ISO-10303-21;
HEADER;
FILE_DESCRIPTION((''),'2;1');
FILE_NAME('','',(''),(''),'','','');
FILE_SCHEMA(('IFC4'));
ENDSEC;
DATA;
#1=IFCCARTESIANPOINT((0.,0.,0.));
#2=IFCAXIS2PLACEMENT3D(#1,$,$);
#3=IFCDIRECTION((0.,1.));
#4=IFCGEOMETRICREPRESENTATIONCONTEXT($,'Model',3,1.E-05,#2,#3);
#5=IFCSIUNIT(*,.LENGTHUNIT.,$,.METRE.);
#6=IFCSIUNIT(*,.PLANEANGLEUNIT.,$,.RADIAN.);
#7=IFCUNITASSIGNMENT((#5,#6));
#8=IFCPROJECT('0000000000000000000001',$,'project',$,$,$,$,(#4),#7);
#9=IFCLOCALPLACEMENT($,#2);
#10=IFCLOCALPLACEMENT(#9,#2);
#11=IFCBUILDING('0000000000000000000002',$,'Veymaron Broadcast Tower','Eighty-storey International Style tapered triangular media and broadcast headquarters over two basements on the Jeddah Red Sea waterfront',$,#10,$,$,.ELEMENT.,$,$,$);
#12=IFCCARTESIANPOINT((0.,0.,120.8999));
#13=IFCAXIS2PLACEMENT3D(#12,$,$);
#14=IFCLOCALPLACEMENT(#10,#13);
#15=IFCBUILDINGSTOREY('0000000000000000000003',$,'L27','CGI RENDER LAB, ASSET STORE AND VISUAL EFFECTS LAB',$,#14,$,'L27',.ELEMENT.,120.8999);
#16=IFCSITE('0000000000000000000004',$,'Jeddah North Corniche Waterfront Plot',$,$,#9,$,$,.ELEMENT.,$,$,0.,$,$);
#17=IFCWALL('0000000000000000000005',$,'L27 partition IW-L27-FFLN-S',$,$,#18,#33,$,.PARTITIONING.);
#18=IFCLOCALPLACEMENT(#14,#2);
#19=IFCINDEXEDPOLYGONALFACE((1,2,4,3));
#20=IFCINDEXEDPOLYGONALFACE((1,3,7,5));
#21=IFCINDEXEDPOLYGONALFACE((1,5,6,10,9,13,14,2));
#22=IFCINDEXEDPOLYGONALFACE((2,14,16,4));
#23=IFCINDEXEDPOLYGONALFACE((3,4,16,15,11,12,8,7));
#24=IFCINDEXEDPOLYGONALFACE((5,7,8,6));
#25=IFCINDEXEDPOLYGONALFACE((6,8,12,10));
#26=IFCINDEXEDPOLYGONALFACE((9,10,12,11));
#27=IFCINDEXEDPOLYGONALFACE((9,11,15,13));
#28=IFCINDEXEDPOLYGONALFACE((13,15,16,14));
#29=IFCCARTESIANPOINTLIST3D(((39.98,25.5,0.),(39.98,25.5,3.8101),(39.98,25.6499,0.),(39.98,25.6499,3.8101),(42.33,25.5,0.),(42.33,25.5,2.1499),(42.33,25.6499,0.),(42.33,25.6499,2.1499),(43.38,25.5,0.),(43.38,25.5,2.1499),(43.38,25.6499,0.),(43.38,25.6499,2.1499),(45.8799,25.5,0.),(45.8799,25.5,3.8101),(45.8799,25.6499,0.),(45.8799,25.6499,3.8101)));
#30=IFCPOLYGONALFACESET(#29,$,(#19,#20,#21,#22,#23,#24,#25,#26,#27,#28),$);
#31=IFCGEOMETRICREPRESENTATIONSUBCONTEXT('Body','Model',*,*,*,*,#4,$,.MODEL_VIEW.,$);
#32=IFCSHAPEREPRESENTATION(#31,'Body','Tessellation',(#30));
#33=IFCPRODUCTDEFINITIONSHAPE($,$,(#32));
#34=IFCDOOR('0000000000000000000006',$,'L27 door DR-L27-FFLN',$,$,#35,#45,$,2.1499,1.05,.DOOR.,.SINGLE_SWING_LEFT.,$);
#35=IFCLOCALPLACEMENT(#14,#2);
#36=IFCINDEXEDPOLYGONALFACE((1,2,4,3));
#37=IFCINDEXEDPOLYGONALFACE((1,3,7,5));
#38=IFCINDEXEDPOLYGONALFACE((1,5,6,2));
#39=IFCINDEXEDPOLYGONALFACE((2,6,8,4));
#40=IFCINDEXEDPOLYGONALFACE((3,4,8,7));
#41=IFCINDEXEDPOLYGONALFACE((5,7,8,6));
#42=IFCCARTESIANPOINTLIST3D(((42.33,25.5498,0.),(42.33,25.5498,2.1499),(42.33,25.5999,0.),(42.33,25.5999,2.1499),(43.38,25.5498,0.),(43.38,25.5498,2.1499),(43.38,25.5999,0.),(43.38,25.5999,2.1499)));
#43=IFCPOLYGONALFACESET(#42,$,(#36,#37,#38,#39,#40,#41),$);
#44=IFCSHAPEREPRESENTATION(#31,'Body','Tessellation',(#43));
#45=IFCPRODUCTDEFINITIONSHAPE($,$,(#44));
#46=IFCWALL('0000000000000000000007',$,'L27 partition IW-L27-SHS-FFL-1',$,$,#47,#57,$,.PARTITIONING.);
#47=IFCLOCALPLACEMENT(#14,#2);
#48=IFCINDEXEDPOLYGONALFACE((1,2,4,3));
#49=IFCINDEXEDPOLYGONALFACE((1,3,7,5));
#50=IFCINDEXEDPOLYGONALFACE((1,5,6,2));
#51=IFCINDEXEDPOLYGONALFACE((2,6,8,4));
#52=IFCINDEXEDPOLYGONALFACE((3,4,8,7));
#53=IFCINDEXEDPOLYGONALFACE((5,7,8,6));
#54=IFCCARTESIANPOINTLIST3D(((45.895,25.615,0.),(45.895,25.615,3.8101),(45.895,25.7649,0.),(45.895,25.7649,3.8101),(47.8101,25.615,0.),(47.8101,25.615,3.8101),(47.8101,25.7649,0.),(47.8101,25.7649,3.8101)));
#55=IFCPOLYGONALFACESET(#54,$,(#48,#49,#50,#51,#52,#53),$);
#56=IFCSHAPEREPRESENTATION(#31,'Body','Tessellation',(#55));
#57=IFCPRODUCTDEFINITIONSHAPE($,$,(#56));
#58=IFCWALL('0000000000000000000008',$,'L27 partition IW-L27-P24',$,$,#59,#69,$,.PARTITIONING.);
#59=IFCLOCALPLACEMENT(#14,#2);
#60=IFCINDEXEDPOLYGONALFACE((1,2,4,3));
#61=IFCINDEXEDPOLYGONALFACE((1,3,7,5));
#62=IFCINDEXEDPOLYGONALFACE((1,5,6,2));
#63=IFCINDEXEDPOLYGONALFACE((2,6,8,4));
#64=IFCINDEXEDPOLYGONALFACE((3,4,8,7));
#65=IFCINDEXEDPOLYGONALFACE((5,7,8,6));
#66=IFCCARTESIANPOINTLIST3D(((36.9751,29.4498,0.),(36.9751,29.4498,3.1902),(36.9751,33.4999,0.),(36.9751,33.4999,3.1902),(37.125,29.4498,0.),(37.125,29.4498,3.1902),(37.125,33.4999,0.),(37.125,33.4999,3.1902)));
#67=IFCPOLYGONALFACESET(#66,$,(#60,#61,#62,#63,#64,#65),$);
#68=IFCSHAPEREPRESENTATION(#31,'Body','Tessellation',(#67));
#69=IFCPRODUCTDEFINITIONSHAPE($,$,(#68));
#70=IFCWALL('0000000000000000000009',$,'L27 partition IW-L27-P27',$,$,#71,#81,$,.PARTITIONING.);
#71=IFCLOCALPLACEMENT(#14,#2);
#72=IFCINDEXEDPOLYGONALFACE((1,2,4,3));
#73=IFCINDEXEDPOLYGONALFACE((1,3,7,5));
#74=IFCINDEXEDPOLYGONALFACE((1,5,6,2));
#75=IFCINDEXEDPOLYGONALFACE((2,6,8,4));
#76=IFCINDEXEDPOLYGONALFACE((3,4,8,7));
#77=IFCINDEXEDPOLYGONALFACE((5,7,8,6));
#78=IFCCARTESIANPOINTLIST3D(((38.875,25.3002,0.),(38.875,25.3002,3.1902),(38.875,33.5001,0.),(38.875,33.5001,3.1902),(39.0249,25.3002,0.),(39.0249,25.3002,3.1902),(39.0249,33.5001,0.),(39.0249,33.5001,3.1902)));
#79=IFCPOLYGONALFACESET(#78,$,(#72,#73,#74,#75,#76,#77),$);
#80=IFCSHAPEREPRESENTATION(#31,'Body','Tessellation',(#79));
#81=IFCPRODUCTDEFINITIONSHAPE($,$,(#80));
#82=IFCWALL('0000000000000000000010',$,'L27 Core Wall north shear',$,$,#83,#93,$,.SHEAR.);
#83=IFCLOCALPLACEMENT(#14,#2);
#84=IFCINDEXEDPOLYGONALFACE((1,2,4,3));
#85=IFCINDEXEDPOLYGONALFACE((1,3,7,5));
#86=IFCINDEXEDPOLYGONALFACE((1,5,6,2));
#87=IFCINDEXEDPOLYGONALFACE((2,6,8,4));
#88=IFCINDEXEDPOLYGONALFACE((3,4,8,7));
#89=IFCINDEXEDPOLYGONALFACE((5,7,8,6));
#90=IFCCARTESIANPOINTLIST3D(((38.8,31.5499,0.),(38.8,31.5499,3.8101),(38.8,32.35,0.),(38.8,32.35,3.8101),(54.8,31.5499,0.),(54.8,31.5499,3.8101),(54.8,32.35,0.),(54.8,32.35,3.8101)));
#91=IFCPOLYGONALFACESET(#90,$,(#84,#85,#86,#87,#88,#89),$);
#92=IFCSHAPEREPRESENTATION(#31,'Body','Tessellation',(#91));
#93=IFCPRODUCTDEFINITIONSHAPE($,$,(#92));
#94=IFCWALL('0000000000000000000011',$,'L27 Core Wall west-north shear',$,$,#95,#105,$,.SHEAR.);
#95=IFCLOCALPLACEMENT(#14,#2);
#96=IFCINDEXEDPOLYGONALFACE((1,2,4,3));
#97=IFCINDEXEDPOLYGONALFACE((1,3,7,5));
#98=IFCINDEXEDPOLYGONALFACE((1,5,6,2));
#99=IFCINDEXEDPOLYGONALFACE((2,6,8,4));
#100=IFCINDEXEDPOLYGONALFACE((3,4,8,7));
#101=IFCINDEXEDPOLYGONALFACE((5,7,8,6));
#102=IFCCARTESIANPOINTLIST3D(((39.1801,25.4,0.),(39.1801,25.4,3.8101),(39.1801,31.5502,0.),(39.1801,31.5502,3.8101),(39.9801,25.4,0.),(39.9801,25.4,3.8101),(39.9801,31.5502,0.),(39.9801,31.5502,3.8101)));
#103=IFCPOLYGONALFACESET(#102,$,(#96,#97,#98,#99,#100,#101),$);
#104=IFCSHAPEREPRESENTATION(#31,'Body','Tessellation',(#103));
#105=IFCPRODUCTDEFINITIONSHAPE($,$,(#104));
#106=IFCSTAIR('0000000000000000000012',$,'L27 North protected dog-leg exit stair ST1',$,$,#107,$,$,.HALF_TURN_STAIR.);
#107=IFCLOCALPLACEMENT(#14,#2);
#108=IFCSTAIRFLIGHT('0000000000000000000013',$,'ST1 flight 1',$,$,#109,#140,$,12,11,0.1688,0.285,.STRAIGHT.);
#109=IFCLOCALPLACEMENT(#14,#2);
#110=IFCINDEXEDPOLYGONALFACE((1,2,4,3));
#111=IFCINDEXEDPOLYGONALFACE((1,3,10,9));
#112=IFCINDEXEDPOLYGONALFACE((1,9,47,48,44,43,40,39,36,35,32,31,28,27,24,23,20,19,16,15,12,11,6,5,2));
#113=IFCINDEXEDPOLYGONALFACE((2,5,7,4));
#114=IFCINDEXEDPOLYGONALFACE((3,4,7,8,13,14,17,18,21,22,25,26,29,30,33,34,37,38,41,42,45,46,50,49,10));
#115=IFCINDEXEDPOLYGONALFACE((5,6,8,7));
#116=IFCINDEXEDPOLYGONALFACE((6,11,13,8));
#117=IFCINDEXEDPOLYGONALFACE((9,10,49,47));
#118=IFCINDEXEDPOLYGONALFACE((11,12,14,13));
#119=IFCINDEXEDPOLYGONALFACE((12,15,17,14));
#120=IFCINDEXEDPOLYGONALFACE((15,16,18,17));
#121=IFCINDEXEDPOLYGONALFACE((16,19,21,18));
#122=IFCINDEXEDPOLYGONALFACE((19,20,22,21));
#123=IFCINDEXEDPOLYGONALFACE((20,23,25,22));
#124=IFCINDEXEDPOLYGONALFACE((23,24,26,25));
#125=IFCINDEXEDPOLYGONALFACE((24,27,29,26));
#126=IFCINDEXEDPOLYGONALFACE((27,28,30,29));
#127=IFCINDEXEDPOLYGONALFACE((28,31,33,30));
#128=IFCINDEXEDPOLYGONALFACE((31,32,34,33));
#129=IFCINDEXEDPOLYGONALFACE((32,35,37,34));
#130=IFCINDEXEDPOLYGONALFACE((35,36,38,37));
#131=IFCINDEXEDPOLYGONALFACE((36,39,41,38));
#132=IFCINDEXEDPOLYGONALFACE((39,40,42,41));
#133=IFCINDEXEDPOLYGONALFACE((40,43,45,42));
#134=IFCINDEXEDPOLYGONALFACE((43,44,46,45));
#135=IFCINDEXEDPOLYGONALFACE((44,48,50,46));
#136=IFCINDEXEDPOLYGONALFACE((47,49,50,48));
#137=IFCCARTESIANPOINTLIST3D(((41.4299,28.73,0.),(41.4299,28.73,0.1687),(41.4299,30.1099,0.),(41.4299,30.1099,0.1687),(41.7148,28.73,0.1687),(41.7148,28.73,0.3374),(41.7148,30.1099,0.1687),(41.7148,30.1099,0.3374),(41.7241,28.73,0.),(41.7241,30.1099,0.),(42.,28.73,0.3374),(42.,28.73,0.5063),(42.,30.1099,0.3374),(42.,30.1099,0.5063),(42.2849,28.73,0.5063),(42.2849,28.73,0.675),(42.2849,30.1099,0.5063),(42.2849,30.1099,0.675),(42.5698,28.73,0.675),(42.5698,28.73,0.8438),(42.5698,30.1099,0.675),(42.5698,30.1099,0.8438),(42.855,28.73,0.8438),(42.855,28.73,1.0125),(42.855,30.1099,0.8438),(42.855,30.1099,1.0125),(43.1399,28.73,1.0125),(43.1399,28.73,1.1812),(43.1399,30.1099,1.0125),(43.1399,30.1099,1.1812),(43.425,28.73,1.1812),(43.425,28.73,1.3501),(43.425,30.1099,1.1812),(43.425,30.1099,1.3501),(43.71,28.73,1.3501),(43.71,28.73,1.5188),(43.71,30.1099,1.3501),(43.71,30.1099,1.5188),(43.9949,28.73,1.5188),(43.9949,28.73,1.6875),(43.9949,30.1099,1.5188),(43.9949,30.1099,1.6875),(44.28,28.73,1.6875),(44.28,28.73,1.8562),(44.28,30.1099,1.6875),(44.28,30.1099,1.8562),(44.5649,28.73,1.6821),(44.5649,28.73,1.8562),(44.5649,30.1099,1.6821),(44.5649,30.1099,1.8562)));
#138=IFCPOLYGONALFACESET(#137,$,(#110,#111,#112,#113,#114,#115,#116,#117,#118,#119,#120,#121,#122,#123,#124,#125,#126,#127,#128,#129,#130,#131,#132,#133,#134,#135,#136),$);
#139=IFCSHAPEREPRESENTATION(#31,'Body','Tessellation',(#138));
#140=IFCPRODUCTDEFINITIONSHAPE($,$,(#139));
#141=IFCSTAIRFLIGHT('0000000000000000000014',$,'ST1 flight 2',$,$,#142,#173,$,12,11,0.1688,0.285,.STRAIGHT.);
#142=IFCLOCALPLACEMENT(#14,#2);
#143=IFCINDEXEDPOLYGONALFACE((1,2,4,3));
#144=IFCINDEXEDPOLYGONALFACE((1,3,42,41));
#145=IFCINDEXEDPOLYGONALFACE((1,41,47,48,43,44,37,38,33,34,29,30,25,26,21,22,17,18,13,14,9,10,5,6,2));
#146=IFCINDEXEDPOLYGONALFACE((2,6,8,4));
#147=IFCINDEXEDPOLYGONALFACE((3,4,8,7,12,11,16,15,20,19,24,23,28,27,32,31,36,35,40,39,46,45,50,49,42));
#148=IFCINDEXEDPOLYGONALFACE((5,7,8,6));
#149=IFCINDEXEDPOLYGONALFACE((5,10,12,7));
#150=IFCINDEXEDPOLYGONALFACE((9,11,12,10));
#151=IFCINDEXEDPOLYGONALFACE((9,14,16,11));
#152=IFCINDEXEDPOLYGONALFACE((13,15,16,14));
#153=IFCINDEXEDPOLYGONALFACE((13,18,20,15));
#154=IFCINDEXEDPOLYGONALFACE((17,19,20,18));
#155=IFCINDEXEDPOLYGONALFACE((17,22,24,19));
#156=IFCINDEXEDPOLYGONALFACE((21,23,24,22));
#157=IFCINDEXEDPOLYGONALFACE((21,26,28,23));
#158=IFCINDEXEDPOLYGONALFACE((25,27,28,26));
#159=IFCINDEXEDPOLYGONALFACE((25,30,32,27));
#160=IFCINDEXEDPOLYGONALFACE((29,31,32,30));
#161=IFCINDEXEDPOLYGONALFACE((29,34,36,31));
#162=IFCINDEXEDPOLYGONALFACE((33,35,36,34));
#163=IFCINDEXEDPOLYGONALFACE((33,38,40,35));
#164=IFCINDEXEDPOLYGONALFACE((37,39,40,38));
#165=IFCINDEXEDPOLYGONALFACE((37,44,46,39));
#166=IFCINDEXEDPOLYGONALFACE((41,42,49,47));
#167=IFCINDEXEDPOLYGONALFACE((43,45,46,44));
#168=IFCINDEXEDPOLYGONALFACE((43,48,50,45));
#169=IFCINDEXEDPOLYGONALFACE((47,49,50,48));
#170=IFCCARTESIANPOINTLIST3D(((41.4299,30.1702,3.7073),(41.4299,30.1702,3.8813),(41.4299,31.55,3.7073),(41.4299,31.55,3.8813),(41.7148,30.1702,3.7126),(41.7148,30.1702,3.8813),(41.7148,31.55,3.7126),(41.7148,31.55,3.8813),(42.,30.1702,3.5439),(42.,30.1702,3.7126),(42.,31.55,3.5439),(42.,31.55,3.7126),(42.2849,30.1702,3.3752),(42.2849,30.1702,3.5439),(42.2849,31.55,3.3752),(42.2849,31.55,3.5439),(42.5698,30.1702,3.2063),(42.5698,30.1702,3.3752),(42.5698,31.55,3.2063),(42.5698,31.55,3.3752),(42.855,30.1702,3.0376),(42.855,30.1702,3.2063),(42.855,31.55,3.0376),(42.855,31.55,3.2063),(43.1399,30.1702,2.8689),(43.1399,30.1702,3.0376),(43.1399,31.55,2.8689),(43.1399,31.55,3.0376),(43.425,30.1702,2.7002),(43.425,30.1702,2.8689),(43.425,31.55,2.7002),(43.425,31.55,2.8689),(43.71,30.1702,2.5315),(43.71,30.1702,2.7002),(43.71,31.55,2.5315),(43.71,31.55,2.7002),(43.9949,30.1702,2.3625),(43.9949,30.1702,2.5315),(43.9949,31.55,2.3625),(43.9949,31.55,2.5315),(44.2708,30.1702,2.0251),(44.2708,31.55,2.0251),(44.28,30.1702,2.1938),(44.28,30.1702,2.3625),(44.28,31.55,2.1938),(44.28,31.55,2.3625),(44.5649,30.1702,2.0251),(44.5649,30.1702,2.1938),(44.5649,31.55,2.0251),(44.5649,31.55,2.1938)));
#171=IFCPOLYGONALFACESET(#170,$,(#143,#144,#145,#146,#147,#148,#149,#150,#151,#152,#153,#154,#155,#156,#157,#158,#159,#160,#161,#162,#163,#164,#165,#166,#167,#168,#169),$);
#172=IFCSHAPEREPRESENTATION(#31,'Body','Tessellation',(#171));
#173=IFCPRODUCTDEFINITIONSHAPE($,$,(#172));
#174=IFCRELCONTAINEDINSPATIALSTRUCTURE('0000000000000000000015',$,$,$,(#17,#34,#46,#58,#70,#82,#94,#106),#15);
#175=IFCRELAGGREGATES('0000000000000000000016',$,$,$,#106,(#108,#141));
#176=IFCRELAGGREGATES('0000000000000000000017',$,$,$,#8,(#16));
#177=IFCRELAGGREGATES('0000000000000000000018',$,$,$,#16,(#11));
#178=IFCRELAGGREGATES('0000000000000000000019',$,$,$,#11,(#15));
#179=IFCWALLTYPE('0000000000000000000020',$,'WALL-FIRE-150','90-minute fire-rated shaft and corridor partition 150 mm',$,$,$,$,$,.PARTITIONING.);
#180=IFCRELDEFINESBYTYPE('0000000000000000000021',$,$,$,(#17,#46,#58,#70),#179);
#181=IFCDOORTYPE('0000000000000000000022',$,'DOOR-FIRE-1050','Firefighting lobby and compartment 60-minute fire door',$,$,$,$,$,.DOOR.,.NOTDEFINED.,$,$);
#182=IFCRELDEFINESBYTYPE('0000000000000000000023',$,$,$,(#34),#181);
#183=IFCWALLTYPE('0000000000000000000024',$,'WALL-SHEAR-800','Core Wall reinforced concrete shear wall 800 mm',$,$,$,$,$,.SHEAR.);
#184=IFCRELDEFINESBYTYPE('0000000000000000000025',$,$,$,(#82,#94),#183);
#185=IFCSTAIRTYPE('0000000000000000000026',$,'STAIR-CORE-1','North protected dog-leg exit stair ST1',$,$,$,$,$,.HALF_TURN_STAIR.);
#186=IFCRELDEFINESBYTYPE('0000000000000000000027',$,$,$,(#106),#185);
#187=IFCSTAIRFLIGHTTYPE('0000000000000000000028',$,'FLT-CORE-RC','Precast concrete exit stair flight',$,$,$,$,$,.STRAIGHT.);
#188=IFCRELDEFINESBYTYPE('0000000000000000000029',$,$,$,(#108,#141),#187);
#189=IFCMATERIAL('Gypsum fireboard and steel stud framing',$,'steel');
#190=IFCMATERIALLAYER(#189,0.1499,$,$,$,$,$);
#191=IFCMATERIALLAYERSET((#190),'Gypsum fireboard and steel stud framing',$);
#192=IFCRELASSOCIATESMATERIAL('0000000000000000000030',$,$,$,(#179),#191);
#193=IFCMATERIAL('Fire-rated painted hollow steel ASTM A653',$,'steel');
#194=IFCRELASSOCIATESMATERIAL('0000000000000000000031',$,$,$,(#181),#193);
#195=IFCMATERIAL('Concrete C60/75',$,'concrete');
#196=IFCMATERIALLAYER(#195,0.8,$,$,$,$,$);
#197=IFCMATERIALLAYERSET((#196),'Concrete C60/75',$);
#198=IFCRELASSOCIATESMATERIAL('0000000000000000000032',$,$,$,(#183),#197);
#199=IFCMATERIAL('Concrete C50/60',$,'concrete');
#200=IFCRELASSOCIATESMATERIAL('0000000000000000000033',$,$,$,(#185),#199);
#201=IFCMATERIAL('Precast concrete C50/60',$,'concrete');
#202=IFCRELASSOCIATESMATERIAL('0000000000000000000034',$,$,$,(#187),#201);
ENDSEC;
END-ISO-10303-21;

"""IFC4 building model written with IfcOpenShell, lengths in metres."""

from ifc_helpers import new_model, si_unit, direction, frame, frame_2d, origin, place, context, subcontext, project, spatial, polyline, rectangle, outline, extrude, material, layer, layer_set, type_object, element, fill, aggregate, save


model = new_model("IFC4")

# Units and contexts
model_context = context("Model", 3, precision=1e-05, world=origin(), true_north=direction((0.0, 1.0)))
body_context = subcontext(model_context, "Body", "Model", "MODEL_VIEW")
ifc_project = project(units=[si_unit("LENGTHUNIT", "METRE"), si_unit("PLANEANGLEUNIT", "RADIAN")], contexts=[model_context])

# Site, building, storey
site_placement = place(None, origin())
site = spatial("IfcSite", under=ifc_project, at=site_placement, Name="Jeddah North Corniche Waterfront Plot", CompositionType="ELEMENT", RefElevation=0.0)
building_placement = place(site_placement, origin())
building = spatial("IfcBuilding", under=site, at=building_placement, Name="Veymaron Broadcast Tower", Description="Eighty-storey International Style tapered triangular media and broadcast headquarters over two basements on the Jeddah Red Sea waterfront", CompositionType="ELEMENT")
storey_placement = place(building_placement, frame((0.0, 0.0, 120.8999)))
storey = spatial("IfcBuildingStorey", under=building, at=storey_placement, Name="L27", Description="CGI RENDER LAB, ASSET STORE AND VISUAL EFFECTS LAB", LongName="L27", CompositionType="ELEMENT", Elevation=120.8999)

# Wall, opening, door
ifc_material_1 = material(Name="Gypsum fireboard and steel stud framing", Category="steel")
ifc_layer_1 = layer(ifc_material_1, 0.1499)
ifc_layer_set_1 = layer_set([ifc_layer_1], Name="Gypsum fireboard and steel stud framing")
wall_type_1 = type_object("IfcWallType", Name="WALL-FIRE-150", Description="90-minute fire-rated shaft and corridor partition 150 mm", PredefinedType="PARTITIONING", material=ifc_layer_set_1)
wall_1_placement = place(storey_placement, frame((39.98, 25.575, 0.0), z_axis=(0.0, 0.0, 1.0), x_axis=(1.0, 0.0, 0.0)))
wall_1 = element("IfcWall", 1, at=wall_1_placement, inside=storey, type_object=wall_type_1, Name="L27 partition IW-L27-FFLN-S", PredefinedType="PARTITIONING", context=body_context, shape_type="SweptSolid", body=[
    extrude(rectangle(XDim=5.8999, YDim=0.1499, at=frame_2d((2.95, 0.0))), origin(), (0.0, 0.0, 1.0), 3.8101),
])
opening_1_placement = place(wall_1_placement, frame((2.3501, 0.0, 0.0)))
opening_1 = element("IfcOpeningElement", 2, at=opening_1_placement, cuts=wall_1, PredefinedType="OPENING", context=body_context, shape_type="SweptSolid", body=[
    extrude(rectangle(XDim=1.05, YDim=2.1499, at=frame_2d((0.5249, 1.075))), frame((0.0, 0.085, 0.0), z_axis=(0.0, -1.0, 0.0), x_axis=(1.0, 0.0, 0.0)), (0.0, 0.0, 1.0), 0.1699),
])
ifc_material_2 = material(Name="Fire-rated painted hollow steel ASTM A653", Category="steel")
door_type_1 = type_object("IfcDoorType", Name="DOOR-FIRE-1050", Description="Firefighting lobby and compartment 60-minute fire door", OperationType="NOTDEFINED", PredefinedType="DOOR", material=ifc_material_2)
door_1_placement = place(opening_1_placement, origin())
door_1 = element("IfcDoor", 3, at=door_1_placement, inside=storey, type_object=door_type_1, Name="L27 door DR-L27-FFLN", OperationType="SINGLE_SWING_LEFT", OverallHeight=2.1499, OverallWidth=1.05, PredefinedType="DOOR", context=body_context, shape_type="SweptSolid", body=[
    extrude(rectangle(XDim=1.05, YDim=2.1499, at=frame_2d((0.5249, 1.075))), frame((0.0, 0.0249, 0.0), z_axis=(0.0, -1.0, 0.0), x_axis=(1.0, 0.0, 0.0)), (0.0, 0.0, 1.0), 0.05),
])
fill(opening_1, door_1)

# Wall
wall_2_placement = place(storey_placement, frame((45.895, 25.6899, 0.0), z_axis=(0.0, 0.0, 1.0), x_axis=(1.0, 0.0, 0.0)))
element("IfcWall", 4, at=wall_2_placement, inside=storey, type_object=wall_type_1, Name="L27 partition IW-L27-SHS-FFL-1", PredefinedType="PARTITIONING", context=body_context, shape_type="SweptSolid", body=[
    extrude(rectangle(XDim=1.915, YDim=0.1499, at=frame_2d((0.9575, 0.0))), origin(), (0.0, 0.0, 1.0), 3.8101),
])

# Walls
wall_3_placement = place(storey_placement, frame((37.05, 29.45, 0.0), z_axis=(0.0, 0.0, 1.0), x_axis=(0.0, 1.0, 0.0)))
element("IfcWall", 5, at=wall_3_placement, inside=storey, type_object=wall_type_1, Name="L27 partition IW-L27-P24", PredefinedType="PARTITIONING", context=body_context, shape_type="SweptSolid", body=[
    extrude(rectangle(XDim=4.05, YDim=0.1499, at=frame_2d((2.0249, 0.0))), origin(), (0.0, 0.0, 1.0), 3.1902),
])
wall_4_placement = place(storey_placement, frame((38.95, 25.3, 0.0), z_axis=(0.0, 0.0, 1.0), x_axis=(0.0, 1.0, 0.0)))
element("IfcWall", 6, at=wall_4_placement, inside=storey, type_object=wall_type_1, Name="L27 partition IW-L27-P27", PredefinedType="PARTITIONING", context=body_context, shape_type="SweptSolid", body=[
    extrude(rectangle(XDim=8.2, YDim=0.1499, at=frame_2d((4.1001, 0.0))), origin(), (0.0, 0.0, 1.0), 3.1902),
])

# Shared definitions
ifc_material_3 = material(Name="Concrete C50/60", Category="concrete")

# Walls
ifc_material_4 = material(Name="Concrete C60/75", Category="concrete")
ifc_layer_2 = layer(ifc_material_4, 0.8)
ifc_layer_set_2 = layer_set([ifc_layer_2], Name="Concrete C60/75")
wall_type_2 = type_object("IfcWallType", Name="WALL-SHEAR-800", Description="Core Wall reinforced concrete shear wall 800 mm", PredefinedType="SHEAR", material=ifc_layer_set_2)
wall_5_placement = place(storey_placement, frame((38.8, 31.95, 0.0), z_axis=(0.0, 0.0, 1.0), x_axis=(1.0, 0.0, 0.0)))
element("IfcWall", 7, at=wall_5_placement, inside=storey, type_object=wall_type_2, Name="L27 Core Wall north shear", PredefinedType="SHEAR", context=body_context, shape_type="SweptSolid", body=[
    extrude(rectangle(XDim=16.0, YDim=0.8, at=frame_2d((8.0, 0.0))), origin(), (0.0, 0.0, 1.0), 3.8101),
])
wall_6_placement = place(storey_placement, frame((39.5801, 25.3999, 0.0), z_axis=(0.0, 0.0, 1.0), x_axis=(0.0, 1.0, 0.0)))
element("IfcWall", 8, at=wall_6_placement, inside=storey, type_object=wall_type_2, Name="L27 Core Wall west-north shear", PredefinedType="SHEAR", context=body_context, shape_type="SweptSolid", body=[
    extrude(rectangle(XDim=6.1501, YDim=0.8, at=frame_2d((3.0752, 0.0))), origin(), (0.0, 0.0, 1.0), 3.8101),
])

# Stair, stair flights
stair_type = type_object("IfcStairType", Name="STAIR-CORE-1", Description="North protected dog-leg exit stair ST1", PredefinedType="HALF_TURN_STAIR", material=ifc_material_3)
stair_placement = place(storey_placement, origin())
stair = element("IfcStair", 9, at=stair_placement, inside=storey, type_object=stair_type, Name="L27 North protected dog-leg exit stair ST1", PredefinedType="HALF_TURN_STAIR")
ifc_material_5 = material(Name="Precast concrete C50/60", Category="concrete")
stair_flight_type = type_object("IfcStairFlightType", Name="FLT-CORE-RC", Description="Precast concrete exit stair flight", PredefinedType="STRAIGHT", material=ifc_material_5)
stair_flight_1_placement = place(storey_placement, frame((41.4299, 29.4199, 0.0), z_axis=(0.0, 0.0, 1.0), x_axis=(1.0, 0.0, 0.0)))
stair_flight_1 = element("IfcStairFlight", 10, at=stair_flight_1_placement, type_object=stair_flight_type, Name="ST1 flight 1", NumberOfRisers=12, NumberOfTreads=11, PredefinedType="STRAIGHT", RiserHeight=0.1688, TreadLength=0.285, context=body_context, shape_type="SweptSolid", body=[
    extrude(outline(polyline([(0.0, 0.0), (0.0, 0.1687), (0.2849, 0.1687), (0.2849, 0.3374), (0.5701, 0.3374), (0.5701, 0.5063), (0.855, 0.5063), (0.855, 0.675), (1.1399, 0.675), (1.1399, 0.8438), (1.425, 0.8438), (1.425, 1.0125), (1.71, 1.0125), (1.71, 1.1812), (1.9951, 1.1812), (1.9951, 1.3501), (2.28, 1.3501), (2.28, 1.5188), (2.5649, 1.5188), (2.5649, 1.6875), (2.8501, 1.6875), (2.8501, 1.8562), (3.135, 1.8562), (3.135, 2.0249), (3.135, 1.6821), (0.2942, 0.0), (0.0, 0.0)])), frame((0.0, 0.6899, 0.0), z_axis=(0.0, -1.0, 0.0), x_axis=(1.0, 0.0, 0.0)), (0.0, 0.0, 1.0), 1.3799),
])
stair_flight_2_placement = place(storey_placement, frame((44.5649, 30.8601, 2.0251), z_axis=(0.0, 0.0, 1.0), x_axis=(-1.0, 0.0, 0.0)))
stair_flight_2 = element("IfcStairFlight", 11, at=stair_flight_2_placement, type_object=stair_flight_type, Name="ST1 flight 2", NumberOfRisers=12, NumberOfTreads=11, PredefinedType="STRAIGHT", RiserHeight=0.1688, TreadLength=0.285, context=body_context, shape_type="SweptSolid", body=[
    extrude(outline(polyline([(0.0, 0.0), (0.0, 0.1687), (0.2849, 0.1687), (0.2849, 0.3374), (0.5701, 0.3374), (0.5701, 0.5063), (0.855, 0.5063), (0.855, 0.675), (1.1399, 0.675), (1.1399, 0.8438), (1.425, 0.8438), (1.425, 1.0125), (1.71, 1.0125), (1.71, 1.1812), (1.9951, 1.1812), (1.9951, 1.3501), (2.28, 1.3501), (2.28, 1.5188), (2.5649, 1.5188), (2.5649, 1.6875), (2.8501, 1.6875), (2.8501, 1.8562), (3.135, 1.8562), (3.135, 2.0249), (3.135, 1.6821), (0.2942, 0.0), (0.0, 0.0)])), frame((0.0, 0.6899, 0.0), z_axis=(0.0, -1.0, 0.0), x_axis=(1.0, 0.0, 0.0)), (0.0, 0.0, 1.0), 1.3799),
])
aggregate(stair, [stair_flight_1, stair_flight_2])

save(model, "model.ifc")
